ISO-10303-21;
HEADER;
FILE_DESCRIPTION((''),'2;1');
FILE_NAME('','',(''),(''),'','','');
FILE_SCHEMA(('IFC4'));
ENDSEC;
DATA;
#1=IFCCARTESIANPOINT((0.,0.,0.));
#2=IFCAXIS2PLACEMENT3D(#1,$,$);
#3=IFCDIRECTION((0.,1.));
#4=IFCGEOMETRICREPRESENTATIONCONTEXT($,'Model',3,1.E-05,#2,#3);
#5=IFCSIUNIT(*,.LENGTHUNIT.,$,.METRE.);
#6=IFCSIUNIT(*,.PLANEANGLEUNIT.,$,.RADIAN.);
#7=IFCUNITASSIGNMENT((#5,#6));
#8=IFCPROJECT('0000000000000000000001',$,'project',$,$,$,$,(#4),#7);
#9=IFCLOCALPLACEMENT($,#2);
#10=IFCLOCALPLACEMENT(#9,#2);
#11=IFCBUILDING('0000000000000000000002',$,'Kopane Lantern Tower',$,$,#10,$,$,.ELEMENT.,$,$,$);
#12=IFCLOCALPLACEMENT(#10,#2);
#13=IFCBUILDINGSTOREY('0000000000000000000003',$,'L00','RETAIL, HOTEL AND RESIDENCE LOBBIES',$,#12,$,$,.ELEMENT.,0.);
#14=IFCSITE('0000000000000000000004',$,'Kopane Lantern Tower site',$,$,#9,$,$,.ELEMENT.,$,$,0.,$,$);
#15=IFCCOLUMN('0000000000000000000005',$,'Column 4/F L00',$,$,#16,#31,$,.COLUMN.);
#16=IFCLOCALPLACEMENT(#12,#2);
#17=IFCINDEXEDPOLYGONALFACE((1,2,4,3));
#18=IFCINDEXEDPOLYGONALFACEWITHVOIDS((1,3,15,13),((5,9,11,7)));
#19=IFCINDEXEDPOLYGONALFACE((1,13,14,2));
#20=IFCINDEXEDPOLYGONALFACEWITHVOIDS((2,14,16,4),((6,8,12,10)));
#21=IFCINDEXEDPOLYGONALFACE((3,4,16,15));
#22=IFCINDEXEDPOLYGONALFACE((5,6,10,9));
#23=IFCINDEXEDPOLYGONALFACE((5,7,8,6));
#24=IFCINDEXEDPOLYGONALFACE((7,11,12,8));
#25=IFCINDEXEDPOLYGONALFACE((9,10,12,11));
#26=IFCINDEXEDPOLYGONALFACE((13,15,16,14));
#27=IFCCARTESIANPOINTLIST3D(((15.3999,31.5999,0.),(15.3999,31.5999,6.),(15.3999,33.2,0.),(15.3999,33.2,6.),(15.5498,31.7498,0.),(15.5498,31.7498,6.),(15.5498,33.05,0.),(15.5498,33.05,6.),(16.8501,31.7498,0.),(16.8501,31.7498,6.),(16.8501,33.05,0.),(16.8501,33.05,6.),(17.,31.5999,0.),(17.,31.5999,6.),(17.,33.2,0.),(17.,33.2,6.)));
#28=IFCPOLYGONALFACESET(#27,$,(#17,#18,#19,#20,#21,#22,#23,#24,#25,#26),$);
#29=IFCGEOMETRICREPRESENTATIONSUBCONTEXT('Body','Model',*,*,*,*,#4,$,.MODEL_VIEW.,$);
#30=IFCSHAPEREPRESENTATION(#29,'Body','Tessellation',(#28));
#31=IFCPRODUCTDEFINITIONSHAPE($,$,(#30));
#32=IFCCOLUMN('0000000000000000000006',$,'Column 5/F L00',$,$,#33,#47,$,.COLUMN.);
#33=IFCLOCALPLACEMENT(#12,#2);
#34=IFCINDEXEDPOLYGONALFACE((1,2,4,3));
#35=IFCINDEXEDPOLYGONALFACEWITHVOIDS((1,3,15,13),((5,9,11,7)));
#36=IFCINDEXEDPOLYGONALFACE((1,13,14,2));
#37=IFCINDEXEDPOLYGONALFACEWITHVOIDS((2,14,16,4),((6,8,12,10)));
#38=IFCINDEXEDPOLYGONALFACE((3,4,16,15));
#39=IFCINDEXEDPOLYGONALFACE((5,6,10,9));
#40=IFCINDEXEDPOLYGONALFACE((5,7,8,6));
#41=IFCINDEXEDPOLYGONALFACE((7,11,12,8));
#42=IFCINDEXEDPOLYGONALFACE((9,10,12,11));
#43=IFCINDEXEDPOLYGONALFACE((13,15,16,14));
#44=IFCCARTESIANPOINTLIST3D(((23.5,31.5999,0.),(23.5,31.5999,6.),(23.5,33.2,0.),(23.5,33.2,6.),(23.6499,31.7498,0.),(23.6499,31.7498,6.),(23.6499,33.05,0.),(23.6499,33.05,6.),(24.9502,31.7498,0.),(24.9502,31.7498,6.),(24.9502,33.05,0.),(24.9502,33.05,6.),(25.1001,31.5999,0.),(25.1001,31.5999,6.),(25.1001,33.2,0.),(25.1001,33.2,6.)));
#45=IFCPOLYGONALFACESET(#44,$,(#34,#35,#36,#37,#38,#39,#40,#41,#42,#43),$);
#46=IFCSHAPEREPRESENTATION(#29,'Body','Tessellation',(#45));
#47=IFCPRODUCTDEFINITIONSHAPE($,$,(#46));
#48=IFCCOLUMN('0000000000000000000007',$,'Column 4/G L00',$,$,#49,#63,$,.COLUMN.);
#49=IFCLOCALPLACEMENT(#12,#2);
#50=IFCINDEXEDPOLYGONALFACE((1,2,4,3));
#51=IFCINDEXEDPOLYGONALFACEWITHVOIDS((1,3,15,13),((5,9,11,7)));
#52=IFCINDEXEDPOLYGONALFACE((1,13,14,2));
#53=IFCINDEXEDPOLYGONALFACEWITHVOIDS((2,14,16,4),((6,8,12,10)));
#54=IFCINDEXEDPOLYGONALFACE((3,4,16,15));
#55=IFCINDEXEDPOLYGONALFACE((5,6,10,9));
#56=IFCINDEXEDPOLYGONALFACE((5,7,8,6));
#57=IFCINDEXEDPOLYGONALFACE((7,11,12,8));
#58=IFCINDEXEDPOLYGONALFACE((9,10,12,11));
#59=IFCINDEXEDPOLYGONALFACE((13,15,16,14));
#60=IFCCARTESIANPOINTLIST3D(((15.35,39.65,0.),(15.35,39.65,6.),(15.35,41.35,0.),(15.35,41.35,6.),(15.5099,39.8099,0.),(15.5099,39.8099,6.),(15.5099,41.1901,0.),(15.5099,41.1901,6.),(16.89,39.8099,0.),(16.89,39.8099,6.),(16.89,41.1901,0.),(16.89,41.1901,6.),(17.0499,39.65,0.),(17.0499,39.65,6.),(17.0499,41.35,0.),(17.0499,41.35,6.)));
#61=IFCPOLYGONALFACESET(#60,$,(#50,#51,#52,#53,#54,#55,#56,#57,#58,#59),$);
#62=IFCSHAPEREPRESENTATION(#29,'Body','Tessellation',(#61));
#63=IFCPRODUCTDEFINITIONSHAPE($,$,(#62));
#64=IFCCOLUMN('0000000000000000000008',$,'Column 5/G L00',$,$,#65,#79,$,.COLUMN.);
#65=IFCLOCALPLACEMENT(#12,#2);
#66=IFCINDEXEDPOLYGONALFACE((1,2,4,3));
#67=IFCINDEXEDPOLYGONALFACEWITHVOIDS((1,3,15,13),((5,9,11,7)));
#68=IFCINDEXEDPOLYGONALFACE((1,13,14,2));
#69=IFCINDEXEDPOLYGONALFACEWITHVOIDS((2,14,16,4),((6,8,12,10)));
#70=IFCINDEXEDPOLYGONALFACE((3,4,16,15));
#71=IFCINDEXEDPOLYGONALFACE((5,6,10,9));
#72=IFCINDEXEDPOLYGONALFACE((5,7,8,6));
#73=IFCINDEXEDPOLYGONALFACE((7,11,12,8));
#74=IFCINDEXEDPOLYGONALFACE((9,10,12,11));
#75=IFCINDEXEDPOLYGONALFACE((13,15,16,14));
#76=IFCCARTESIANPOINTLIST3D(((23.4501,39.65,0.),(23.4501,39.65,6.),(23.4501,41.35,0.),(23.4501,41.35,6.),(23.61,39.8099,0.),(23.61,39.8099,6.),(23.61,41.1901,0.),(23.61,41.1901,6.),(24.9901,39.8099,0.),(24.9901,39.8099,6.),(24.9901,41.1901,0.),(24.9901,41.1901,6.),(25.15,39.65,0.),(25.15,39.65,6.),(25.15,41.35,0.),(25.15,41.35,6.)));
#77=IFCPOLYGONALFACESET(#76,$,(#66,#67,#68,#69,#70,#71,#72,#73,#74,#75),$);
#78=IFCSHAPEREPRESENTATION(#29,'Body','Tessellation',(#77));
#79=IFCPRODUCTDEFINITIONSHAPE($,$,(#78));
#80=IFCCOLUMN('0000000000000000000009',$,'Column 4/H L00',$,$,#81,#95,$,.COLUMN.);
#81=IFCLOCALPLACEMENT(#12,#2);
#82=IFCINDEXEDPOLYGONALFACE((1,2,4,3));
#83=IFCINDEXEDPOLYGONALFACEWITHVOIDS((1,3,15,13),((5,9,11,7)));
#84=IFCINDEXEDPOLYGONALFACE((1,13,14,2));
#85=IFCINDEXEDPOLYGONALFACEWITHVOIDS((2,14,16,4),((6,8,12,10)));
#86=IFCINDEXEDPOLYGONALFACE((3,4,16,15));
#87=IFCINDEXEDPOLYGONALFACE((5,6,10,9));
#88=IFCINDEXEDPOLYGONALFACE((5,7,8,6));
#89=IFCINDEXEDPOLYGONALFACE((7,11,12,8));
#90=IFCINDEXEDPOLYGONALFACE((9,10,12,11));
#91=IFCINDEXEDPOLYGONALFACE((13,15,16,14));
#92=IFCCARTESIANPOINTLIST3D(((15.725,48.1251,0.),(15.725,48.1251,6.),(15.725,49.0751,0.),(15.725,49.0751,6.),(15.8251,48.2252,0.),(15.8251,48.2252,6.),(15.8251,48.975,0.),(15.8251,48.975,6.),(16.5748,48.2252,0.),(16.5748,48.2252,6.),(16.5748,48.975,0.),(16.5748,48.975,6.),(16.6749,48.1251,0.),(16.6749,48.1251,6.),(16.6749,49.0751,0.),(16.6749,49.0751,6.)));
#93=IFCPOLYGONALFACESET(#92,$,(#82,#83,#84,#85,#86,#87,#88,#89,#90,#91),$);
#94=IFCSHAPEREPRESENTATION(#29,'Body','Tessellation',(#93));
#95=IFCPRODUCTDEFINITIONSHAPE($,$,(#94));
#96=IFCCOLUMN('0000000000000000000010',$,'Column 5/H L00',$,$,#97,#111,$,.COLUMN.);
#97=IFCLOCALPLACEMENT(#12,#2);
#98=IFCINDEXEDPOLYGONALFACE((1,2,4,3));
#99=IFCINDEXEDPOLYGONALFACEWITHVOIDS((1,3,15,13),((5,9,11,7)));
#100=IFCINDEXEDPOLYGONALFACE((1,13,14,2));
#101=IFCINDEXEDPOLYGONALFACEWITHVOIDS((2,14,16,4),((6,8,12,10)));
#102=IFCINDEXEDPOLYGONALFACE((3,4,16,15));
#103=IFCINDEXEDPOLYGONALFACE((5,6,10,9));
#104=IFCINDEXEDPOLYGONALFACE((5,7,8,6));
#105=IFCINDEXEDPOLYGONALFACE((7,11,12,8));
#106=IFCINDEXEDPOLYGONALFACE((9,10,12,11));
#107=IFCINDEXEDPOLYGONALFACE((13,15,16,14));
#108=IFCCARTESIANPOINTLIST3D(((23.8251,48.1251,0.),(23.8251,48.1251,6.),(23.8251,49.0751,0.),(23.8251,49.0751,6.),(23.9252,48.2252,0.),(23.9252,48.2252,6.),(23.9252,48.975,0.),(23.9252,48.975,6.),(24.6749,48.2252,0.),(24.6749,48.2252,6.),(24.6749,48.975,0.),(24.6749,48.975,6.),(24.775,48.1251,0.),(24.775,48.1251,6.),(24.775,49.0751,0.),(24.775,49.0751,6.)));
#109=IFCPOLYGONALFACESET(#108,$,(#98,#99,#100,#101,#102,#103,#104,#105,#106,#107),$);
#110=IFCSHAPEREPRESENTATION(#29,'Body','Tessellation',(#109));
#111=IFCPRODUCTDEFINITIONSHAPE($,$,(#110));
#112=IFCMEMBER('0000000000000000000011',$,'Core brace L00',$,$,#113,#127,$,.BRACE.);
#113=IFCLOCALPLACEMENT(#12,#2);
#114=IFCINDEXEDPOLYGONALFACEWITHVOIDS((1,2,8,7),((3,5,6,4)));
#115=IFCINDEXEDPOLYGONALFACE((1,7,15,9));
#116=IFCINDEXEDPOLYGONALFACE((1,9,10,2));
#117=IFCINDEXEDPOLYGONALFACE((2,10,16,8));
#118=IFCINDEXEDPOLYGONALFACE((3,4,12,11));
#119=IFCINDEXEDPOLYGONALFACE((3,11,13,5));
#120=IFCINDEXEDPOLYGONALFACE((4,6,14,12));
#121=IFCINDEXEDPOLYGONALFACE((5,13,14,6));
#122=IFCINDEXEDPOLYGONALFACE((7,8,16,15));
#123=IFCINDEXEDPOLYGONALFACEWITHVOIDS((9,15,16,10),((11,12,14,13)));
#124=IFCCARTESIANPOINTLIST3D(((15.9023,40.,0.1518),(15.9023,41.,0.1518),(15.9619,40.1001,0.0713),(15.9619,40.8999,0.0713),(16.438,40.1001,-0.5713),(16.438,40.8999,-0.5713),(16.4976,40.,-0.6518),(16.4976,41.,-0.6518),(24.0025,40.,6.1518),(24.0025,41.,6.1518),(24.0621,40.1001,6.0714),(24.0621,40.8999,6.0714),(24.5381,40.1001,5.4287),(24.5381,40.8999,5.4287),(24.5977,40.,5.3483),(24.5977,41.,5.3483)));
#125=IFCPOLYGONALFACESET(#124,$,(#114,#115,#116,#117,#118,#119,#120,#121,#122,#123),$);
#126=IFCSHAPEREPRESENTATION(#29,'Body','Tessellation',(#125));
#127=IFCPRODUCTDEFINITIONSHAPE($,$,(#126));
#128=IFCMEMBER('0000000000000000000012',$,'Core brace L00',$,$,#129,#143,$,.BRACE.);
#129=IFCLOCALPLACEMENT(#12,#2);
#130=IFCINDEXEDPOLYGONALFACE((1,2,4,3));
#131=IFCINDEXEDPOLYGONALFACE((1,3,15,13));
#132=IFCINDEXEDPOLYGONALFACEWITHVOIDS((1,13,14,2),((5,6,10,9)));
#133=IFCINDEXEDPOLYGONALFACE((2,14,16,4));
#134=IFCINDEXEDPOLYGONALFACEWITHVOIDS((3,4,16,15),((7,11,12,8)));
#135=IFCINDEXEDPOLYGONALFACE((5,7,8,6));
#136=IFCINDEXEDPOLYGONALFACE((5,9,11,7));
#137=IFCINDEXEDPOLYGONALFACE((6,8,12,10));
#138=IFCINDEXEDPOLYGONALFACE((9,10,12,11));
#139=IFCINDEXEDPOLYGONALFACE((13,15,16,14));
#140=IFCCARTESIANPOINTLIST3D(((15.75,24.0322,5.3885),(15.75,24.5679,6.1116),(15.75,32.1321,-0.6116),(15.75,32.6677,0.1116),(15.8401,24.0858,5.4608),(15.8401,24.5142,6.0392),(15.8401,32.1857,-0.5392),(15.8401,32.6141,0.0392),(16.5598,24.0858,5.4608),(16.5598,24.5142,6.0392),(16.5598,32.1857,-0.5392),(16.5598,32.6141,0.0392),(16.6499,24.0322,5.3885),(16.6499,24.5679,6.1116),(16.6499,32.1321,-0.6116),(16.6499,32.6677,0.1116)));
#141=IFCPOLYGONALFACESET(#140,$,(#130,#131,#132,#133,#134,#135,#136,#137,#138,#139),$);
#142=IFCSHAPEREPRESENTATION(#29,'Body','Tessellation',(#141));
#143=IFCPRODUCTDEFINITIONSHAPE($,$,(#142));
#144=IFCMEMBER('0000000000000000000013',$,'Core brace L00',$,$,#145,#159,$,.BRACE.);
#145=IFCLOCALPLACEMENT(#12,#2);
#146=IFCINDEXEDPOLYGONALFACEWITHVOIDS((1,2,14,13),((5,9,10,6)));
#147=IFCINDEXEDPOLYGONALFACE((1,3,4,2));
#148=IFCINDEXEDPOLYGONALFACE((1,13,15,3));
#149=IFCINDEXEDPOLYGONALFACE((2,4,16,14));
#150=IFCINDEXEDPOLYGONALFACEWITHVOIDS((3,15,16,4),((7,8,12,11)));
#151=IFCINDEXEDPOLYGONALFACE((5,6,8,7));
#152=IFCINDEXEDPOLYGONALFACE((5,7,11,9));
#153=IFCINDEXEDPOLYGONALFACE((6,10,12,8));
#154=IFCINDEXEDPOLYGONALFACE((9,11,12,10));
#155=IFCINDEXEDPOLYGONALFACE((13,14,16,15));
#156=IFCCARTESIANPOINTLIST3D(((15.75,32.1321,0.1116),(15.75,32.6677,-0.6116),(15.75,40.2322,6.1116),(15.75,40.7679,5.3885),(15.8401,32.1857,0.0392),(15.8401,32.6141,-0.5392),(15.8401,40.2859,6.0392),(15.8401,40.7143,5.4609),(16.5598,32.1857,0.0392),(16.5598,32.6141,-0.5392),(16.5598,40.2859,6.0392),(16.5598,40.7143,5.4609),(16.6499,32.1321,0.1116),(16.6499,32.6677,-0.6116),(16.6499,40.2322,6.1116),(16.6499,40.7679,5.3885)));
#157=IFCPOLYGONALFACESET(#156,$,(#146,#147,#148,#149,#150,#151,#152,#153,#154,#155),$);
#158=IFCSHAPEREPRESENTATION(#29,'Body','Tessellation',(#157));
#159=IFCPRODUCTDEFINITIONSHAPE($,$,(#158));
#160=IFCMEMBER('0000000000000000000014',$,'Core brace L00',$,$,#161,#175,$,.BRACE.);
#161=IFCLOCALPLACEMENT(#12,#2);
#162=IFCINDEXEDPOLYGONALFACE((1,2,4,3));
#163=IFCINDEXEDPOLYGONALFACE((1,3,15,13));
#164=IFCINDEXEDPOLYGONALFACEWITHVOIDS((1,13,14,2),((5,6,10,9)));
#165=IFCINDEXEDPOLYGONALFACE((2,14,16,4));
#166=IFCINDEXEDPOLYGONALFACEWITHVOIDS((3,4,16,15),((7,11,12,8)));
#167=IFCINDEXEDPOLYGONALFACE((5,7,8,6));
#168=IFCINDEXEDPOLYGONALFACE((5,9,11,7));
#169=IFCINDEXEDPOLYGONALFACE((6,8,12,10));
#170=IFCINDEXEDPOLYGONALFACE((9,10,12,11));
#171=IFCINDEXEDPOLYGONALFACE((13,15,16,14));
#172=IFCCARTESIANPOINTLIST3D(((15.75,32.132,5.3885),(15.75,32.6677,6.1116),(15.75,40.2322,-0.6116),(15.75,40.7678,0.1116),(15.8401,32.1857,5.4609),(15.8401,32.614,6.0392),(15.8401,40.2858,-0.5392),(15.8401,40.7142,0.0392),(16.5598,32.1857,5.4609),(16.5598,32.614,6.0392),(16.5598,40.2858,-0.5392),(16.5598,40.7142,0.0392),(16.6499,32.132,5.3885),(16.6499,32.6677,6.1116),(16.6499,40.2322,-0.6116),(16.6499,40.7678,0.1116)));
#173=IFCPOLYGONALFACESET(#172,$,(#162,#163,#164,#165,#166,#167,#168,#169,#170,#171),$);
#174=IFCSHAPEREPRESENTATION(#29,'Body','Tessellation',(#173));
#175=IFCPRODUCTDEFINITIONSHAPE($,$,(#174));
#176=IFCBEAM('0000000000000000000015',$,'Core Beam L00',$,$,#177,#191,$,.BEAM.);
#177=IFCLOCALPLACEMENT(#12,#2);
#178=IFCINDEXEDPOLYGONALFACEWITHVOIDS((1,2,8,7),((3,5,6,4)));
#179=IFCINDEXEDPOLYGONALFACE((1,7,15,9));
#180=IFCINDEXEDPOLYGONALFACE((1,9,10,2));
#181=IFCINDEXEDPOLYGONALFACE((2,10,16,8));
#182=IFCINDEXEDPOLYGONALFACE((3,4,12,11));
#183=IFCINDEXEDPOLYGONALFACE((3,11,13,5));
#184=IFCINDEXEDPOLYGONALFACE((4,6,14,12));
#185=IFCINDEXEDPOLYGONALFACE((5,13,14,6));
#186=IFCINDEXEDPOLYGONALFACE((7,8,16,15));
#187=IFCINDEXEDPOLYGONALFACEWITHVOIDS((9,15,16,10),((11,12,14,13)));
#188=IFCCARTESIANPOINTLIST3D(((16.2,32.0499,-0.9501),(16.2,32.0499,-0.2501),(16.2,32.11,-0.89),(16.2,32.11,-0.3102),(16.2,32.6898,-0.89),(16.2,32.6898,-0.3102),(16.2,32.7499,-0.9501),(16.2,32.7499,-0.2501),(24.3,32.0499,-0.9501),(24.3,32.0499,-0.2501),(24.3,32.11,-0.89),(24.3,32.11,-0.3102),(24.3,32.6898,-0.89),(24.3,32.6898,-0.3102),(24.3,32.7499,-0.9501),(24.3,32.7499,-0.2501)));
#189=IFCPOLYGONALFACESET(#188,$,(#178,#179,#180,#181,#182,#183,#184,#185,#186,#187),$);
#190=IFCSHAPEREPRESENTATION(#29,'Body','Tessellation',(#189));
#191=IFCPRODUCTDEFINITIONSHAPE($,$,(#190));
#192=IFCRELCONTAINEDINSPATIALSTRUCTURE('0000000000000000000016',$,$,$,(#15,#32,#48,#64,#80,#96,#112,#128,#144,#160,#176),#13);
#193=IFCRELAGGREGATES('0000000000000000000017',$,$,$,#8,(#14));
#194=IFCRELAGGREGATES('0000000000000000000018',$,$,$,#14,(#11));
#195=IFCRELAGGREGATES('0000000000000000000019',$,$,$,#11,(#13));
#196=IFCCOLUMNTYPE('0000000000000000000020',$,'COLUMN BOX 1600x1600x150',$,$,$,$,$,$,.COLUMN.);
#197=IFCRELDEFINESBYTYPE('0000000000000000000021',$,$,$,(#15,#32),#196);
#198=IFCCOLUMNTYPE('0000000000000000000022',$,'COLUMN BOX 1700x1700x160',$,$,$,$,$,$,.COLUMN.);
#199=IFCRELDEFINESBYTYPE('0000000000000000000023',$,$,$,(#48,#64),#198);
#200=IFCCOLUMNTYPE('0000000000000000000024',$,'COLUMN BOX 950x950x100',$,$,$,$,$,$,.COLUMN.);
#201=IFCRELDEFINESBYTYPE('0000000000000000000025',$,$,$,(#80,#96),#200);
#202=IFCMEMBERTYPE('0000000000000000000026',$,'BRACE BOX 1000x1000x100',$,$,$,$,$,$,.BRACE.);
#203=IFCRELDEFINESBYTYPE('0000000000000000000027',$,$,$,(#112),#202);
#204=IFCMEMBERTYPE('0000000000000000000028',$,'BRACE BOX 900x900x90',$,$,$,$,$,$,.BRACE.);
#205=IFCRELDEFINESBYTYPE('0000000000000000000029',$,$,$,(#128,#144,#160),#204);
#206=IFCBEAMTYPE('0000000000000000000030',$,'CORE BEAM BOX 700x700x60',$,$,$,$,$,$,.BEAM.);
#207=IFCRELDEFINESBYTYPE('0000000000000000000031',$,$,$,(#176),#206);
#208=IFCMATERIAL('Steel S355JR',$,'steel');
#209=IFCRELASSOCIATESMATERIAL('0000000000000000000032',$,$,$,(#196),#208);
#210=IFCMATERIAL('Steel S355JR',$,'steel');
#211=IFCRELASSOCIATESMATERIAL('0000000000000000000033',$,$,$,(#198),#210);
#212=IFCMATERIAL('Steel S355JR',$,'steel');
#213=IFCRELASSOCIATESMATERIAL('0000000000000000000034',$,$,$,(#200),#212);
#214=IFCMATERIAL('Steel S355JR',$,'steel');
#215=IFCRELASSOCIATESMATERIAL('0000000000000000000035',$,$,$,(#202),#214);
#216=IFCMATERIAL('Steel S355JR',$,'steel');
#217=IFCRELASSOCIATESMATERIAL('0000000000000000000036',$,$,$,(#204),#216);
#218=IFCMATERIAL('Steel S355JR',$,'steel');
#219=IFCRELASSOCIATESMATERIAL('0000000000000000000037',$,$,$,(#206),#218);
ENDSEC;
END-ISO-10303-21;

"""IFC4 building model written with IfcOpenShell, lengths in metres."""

from ifc_helpers import new_model, si_unit, direction, frame, origin, origin_2d, place, context, subcontext, project, spatial, hollow_rectangle, extrude, material, material_profile, profile_set, type_object, element, save


model = new_model("IFC4")

# Units and contexts
model_context = context("Model", 3, precision=1e-05, world=origin(), true_north=direction((0.0, 1.0)))
body_context = subcontext(model_context, "Body", "Model", "MODEL_VIEW")
ifc_project = project(units=[si_unit("LENGTHUNIT", "METRE"), si_unit("PLANEANGLEUNIT", "RADIAN")], contexts=[model_context])

# Site, building, storey
site_placement = place(None, origin())
site = spatial("IfcSite", under=ifc_project, at=site_placement, Name="Kopane Lantern Tower site", CompositionType="ELEMENT", RefElevation=0.0)
building_placement = place(site_placement, origin())
building = spatial("IfcBuilding", under=site, at=building_placement, Name="Kopane Lantern Tower", CompositionType="ELEMENT")
storey_placement = place(building_placement, origin())
storey = spatial("IfcBuildingStorey", under=building, at=storey_placement, Name="L00", Description="RETAIL, HOTEL AND RESIDENCE LOBBIES", CompositionType="ELEMENT", Elevation=0.0)

# Columns
ifc_material_1 = material(Name="Steel S355JR", Category="steel")
ifc_material_profile_1 = material_profile(ifc_material_1, hollow_rectangle(XDim=1.6001, YDim=1.6001, WallThickness=0.1499, at=origin_2d()), Name="BOX 1600x1600x150")
ifc_profile_set_1 = profile_set([ifc_material_profile_1], Name="Steel S355JR")
column_type_1 = type_object("IfcColumnType", Name="COLUMN BOX 1600x1600x150", PredefinedType="COLUMN", material=ifc_profile_set_1)
for number, where, z_axis, x_axis, name in (
    (1, (16.2, 32.3999, 0.0), (0.0, 0.0, 1.0), (1.0, 0.0, 0.0), "Column 4/F L00"),
    (2, (24.3, 32.3999, 0.0), (0.0, 0.0, 1.0), (1.0, 0.0, 0.0), "Column 5/F L00"),
):
    element("IfcColumn", number, at=place(storey_placement, frame(where, z_axis=z_axis, x_axis=x_axis)), inside=storey, type_object=column_type_1, Name=name, PredefinedType="COLUMN", context=body_context, shape_type="SweptSolid", body=[
        extrude(hollow_rectangle(XDim=1.6001, YDim=1.6001, WallThickness=0.1499, at=origin_2d()), origin(), (0.0, 0.0, 1.0), 6.0),
    ])
ifc_material_2 = material(Name="Steel S355JR", Category="steel")
ifc_material_profile_2 = material_profile(ifc_material_2, hollow_rectangle(XDim=1.7, YDim=1.7, WallThickness=0.1599, at=origin_2d()), Name="BOX 1700x1700x160")
ifc_profile_set_2 = profile_set([ifc_material_profile_2], Name="Steel S355JR")
column_type_2 = type_object("IfcColumnType", Name="COLUMN BOX 1700x1700x160", PredefinedType="COLUMN", material=ifc_profile_set_2)
for number, where, z_axis, x_axis, name in (
    (3, (16.2, 40.5, 0.0), (0.0, 0.0, 1.0), (1.0, 0.0, 0.0), "Column 4/G L00"),
    (4, (24.3, 40.5, 0.0), (0.0, 0.0, 1.0), (1.0, 0.0, 0.0), "Column 5/G L00"),
):
    element("IfcColumn", number, at=place(storey_placement, frame(where, z_axis=z_axis, x_axis=x_axis)), inside=storey, type_object=column_type_2, Name=name, PredefinedType="COLUMN", context=body_context, shape_type="SweptSolid", body=[
        extrude(hollow_rectangle(XDim=1.7, YDim=1.7, WallThickness=0.1599, at=origin_2d()), origin(), (0.0, 0.0, 1.0), 6.0),
    ])
ifc_material_3 = material(Name="Steel S355JR", Category="steel")
ifc_material_profile_3 = material_profile(ifc_material_3, hollow_rectangle(XDim=0.95, YDim=0.95, WallThickness=0.1001, at=origin_2d()), Name="BOX 950x950x100")
ifc_profile_set_3 = profile_set([ifc_material_profile_3], Name="Steel S355JR")
column_type_3 = type_object("IfcColumnType", Name="COLUMN BOX 950x950x100", PredefinedType="COLUMN", material=ifc_profile_set_3)
for number, where, z_axis, x_axis, name in (
    (5, (16.2, 48.6001, 0.0), (0.0, 0.0, 1.0), (1.0, 0.0, 0.0), "Column 4/H L00"),
    (6, (24.3, 48.6001, 0.0), (0.0, 0.0, 1.0), (1.0, 0.0, 0.0), "Column 5/H L00"),
):
    element("IfcColumn", number, at=place(storey_placement, frame(where, z_axis=z_axis, x_axis=x_axis)), inside=storey, type_object=column_type_3, Name=name, PredefinedType="COLUMN", context=body_context, shape_type="SweptSolid", body=[
        extrude(hollow_rectangle(XDim=0.95, YDim=0.95, WallThickness=0.1001, at=origin_2d()), origin(), (0.0, 0.0, 1.0), 6.0),
    ])

# Members
ifc_material_4 = material(Name="Steel S355JR", Category="steel")
ifc_material_profile_4 = material_profile(ifc_material_4, hollow_rectangle(XDim=1.0, YDim=1.0, WallThickness=0.1001, at=origin_2d()), Name="BOX 1000x1000x100")
ifc_profile_set_4 = profile_set([ifc_material_profile_4], Name="Steel S355JR")
member_type_1 = type_object("IfcMemberType", Name="BRACE BOX 1000x1000x100", PredefinedType="BRACE", material=ifc_profile_set_4)
member_1_placement = place(storey_placement, frame((16.2, 40.5, -0.25), z_axis=(0.803561, 0.0, 0.595223), x_axis=(0.0, 1.0, 0.0)))
element("IfcMember", 7, at=member_1_placement, inside=storey, type_object=member_type_1, Name="Core brace L00", PredefinedType="BRACE", context=body_context, shape_type="SweptSolid", body=[
    extrude(hollow_rectangle(XDim=1.0, YDim=1.0, WallThickness=0.1001, at=origin_2d()), origin(), (0.0, 0.0, 1.0), 10.0803),
])
ifc_material_5 = material(Name="Steel S355JR", Category="steel")
ifc_material_profile_5 = material_profile(ifc_material_5, hollow_rectangle(XDim=0.8999, YDim=0.8999, WallThickness=0.0901, at=origin_2d()), Name="BOX 900x900x90")
ifc_profile_set_5 = profile_set([ifc_material_profile_5], Name="Steel S355JR")
member_type_2 = type_object("IfcMemberType", Name="BRACE BOX 900x900x90", PredefinedType="BRACE", material=ifc_profile_set_5)
member_2_placement = place(storey_placement, frame((16.2, 32.3999, -0.25), z_axis=(0.0, -0.803552, 0.595235), x_axis=(1.0, 0.0, 0.0)))
element("IfcMember", 8, at=member_2_placement, inside=storey, type_object=member_type_2, Name="Core brace L00", PredefinedType="BRACE", context=body_context, shape_type="SweptSolid", body=[
    extrude(hollow_rectangle(XDim=0.8999, YDim=0.8999, WallThickness=0.0901, at=origin_2d()), origin(), (0.0, 0.0, 1.0), 10.0801),
])
for number, where, z_axis, x_axis, name in (
    (9, (16.2, 32.3999, -0.25), (0.0, 0.803561, 0.595223), (-1.0, 0.0, 0.0), "Core brace L00"),
    (10, (16.2, 40.5, -0.25), (0.0, -0.803561, 0.595223), (1.0, 0.0, 0.0), "Core brace L00"),
):
    element("IfcMember", number, at=place(storey_placement, frame(where, z_axis=z_axis, x_axis=x_axis)), inside=storey, type_object=member_type_2, Name=name, PredefinedType="BRACE", context=body_context, shape_type="SweptSolid", body=[
        extrude(hollow_rectangle(XDim=0.8999, YDim=0.8999, WallThickness=0.0901, at=origin_2d()), origin(), (0.0, 0.0, 1.0), 10.0803),
    ])

# Beam
ifc_material_6 = material(Name="Steel S355JR", Category="steel")
ifc_material_profile_6 = material_profile(ifc_material_6, hollow_rectangle(XDim=0.7, YDim=0.7, WallThickness=0.0601, at=origin_2d()), Name="BOX 700x700x60")
ifc_profile_set_6 = profile_set([ifc_material_profile_6], Name="Steel S355JR")
beam_type_1 = type_object("IfcBeamType", Name="CORE BEAM BOX 700x700x60", PredefinedType="BEAM", material=ifc_profile_set_6)
beam_placement = place(storey_placement, frame((16.2, 32.3999, -0.6001), z_axis=(1.0, 0.0, 0.0), x_axis=(0.0, 1.0, 0.0)))
element("IfcBeam", 11, at=beam_placement, inside=storey, type_object=beam_type_1, Name="Core Beam L00", PredefinedType="BEAM", context=body_context, shape_type="SweptSolid", body=[
    extrude(hollow_rectangle(XDim=0.7, YDim=0.7, WallThickness=0.0601, at=origin_2d()), origin(), (0.0, 0.0, 1.0), 8.1001),
])

save(model, "model.ifc")
